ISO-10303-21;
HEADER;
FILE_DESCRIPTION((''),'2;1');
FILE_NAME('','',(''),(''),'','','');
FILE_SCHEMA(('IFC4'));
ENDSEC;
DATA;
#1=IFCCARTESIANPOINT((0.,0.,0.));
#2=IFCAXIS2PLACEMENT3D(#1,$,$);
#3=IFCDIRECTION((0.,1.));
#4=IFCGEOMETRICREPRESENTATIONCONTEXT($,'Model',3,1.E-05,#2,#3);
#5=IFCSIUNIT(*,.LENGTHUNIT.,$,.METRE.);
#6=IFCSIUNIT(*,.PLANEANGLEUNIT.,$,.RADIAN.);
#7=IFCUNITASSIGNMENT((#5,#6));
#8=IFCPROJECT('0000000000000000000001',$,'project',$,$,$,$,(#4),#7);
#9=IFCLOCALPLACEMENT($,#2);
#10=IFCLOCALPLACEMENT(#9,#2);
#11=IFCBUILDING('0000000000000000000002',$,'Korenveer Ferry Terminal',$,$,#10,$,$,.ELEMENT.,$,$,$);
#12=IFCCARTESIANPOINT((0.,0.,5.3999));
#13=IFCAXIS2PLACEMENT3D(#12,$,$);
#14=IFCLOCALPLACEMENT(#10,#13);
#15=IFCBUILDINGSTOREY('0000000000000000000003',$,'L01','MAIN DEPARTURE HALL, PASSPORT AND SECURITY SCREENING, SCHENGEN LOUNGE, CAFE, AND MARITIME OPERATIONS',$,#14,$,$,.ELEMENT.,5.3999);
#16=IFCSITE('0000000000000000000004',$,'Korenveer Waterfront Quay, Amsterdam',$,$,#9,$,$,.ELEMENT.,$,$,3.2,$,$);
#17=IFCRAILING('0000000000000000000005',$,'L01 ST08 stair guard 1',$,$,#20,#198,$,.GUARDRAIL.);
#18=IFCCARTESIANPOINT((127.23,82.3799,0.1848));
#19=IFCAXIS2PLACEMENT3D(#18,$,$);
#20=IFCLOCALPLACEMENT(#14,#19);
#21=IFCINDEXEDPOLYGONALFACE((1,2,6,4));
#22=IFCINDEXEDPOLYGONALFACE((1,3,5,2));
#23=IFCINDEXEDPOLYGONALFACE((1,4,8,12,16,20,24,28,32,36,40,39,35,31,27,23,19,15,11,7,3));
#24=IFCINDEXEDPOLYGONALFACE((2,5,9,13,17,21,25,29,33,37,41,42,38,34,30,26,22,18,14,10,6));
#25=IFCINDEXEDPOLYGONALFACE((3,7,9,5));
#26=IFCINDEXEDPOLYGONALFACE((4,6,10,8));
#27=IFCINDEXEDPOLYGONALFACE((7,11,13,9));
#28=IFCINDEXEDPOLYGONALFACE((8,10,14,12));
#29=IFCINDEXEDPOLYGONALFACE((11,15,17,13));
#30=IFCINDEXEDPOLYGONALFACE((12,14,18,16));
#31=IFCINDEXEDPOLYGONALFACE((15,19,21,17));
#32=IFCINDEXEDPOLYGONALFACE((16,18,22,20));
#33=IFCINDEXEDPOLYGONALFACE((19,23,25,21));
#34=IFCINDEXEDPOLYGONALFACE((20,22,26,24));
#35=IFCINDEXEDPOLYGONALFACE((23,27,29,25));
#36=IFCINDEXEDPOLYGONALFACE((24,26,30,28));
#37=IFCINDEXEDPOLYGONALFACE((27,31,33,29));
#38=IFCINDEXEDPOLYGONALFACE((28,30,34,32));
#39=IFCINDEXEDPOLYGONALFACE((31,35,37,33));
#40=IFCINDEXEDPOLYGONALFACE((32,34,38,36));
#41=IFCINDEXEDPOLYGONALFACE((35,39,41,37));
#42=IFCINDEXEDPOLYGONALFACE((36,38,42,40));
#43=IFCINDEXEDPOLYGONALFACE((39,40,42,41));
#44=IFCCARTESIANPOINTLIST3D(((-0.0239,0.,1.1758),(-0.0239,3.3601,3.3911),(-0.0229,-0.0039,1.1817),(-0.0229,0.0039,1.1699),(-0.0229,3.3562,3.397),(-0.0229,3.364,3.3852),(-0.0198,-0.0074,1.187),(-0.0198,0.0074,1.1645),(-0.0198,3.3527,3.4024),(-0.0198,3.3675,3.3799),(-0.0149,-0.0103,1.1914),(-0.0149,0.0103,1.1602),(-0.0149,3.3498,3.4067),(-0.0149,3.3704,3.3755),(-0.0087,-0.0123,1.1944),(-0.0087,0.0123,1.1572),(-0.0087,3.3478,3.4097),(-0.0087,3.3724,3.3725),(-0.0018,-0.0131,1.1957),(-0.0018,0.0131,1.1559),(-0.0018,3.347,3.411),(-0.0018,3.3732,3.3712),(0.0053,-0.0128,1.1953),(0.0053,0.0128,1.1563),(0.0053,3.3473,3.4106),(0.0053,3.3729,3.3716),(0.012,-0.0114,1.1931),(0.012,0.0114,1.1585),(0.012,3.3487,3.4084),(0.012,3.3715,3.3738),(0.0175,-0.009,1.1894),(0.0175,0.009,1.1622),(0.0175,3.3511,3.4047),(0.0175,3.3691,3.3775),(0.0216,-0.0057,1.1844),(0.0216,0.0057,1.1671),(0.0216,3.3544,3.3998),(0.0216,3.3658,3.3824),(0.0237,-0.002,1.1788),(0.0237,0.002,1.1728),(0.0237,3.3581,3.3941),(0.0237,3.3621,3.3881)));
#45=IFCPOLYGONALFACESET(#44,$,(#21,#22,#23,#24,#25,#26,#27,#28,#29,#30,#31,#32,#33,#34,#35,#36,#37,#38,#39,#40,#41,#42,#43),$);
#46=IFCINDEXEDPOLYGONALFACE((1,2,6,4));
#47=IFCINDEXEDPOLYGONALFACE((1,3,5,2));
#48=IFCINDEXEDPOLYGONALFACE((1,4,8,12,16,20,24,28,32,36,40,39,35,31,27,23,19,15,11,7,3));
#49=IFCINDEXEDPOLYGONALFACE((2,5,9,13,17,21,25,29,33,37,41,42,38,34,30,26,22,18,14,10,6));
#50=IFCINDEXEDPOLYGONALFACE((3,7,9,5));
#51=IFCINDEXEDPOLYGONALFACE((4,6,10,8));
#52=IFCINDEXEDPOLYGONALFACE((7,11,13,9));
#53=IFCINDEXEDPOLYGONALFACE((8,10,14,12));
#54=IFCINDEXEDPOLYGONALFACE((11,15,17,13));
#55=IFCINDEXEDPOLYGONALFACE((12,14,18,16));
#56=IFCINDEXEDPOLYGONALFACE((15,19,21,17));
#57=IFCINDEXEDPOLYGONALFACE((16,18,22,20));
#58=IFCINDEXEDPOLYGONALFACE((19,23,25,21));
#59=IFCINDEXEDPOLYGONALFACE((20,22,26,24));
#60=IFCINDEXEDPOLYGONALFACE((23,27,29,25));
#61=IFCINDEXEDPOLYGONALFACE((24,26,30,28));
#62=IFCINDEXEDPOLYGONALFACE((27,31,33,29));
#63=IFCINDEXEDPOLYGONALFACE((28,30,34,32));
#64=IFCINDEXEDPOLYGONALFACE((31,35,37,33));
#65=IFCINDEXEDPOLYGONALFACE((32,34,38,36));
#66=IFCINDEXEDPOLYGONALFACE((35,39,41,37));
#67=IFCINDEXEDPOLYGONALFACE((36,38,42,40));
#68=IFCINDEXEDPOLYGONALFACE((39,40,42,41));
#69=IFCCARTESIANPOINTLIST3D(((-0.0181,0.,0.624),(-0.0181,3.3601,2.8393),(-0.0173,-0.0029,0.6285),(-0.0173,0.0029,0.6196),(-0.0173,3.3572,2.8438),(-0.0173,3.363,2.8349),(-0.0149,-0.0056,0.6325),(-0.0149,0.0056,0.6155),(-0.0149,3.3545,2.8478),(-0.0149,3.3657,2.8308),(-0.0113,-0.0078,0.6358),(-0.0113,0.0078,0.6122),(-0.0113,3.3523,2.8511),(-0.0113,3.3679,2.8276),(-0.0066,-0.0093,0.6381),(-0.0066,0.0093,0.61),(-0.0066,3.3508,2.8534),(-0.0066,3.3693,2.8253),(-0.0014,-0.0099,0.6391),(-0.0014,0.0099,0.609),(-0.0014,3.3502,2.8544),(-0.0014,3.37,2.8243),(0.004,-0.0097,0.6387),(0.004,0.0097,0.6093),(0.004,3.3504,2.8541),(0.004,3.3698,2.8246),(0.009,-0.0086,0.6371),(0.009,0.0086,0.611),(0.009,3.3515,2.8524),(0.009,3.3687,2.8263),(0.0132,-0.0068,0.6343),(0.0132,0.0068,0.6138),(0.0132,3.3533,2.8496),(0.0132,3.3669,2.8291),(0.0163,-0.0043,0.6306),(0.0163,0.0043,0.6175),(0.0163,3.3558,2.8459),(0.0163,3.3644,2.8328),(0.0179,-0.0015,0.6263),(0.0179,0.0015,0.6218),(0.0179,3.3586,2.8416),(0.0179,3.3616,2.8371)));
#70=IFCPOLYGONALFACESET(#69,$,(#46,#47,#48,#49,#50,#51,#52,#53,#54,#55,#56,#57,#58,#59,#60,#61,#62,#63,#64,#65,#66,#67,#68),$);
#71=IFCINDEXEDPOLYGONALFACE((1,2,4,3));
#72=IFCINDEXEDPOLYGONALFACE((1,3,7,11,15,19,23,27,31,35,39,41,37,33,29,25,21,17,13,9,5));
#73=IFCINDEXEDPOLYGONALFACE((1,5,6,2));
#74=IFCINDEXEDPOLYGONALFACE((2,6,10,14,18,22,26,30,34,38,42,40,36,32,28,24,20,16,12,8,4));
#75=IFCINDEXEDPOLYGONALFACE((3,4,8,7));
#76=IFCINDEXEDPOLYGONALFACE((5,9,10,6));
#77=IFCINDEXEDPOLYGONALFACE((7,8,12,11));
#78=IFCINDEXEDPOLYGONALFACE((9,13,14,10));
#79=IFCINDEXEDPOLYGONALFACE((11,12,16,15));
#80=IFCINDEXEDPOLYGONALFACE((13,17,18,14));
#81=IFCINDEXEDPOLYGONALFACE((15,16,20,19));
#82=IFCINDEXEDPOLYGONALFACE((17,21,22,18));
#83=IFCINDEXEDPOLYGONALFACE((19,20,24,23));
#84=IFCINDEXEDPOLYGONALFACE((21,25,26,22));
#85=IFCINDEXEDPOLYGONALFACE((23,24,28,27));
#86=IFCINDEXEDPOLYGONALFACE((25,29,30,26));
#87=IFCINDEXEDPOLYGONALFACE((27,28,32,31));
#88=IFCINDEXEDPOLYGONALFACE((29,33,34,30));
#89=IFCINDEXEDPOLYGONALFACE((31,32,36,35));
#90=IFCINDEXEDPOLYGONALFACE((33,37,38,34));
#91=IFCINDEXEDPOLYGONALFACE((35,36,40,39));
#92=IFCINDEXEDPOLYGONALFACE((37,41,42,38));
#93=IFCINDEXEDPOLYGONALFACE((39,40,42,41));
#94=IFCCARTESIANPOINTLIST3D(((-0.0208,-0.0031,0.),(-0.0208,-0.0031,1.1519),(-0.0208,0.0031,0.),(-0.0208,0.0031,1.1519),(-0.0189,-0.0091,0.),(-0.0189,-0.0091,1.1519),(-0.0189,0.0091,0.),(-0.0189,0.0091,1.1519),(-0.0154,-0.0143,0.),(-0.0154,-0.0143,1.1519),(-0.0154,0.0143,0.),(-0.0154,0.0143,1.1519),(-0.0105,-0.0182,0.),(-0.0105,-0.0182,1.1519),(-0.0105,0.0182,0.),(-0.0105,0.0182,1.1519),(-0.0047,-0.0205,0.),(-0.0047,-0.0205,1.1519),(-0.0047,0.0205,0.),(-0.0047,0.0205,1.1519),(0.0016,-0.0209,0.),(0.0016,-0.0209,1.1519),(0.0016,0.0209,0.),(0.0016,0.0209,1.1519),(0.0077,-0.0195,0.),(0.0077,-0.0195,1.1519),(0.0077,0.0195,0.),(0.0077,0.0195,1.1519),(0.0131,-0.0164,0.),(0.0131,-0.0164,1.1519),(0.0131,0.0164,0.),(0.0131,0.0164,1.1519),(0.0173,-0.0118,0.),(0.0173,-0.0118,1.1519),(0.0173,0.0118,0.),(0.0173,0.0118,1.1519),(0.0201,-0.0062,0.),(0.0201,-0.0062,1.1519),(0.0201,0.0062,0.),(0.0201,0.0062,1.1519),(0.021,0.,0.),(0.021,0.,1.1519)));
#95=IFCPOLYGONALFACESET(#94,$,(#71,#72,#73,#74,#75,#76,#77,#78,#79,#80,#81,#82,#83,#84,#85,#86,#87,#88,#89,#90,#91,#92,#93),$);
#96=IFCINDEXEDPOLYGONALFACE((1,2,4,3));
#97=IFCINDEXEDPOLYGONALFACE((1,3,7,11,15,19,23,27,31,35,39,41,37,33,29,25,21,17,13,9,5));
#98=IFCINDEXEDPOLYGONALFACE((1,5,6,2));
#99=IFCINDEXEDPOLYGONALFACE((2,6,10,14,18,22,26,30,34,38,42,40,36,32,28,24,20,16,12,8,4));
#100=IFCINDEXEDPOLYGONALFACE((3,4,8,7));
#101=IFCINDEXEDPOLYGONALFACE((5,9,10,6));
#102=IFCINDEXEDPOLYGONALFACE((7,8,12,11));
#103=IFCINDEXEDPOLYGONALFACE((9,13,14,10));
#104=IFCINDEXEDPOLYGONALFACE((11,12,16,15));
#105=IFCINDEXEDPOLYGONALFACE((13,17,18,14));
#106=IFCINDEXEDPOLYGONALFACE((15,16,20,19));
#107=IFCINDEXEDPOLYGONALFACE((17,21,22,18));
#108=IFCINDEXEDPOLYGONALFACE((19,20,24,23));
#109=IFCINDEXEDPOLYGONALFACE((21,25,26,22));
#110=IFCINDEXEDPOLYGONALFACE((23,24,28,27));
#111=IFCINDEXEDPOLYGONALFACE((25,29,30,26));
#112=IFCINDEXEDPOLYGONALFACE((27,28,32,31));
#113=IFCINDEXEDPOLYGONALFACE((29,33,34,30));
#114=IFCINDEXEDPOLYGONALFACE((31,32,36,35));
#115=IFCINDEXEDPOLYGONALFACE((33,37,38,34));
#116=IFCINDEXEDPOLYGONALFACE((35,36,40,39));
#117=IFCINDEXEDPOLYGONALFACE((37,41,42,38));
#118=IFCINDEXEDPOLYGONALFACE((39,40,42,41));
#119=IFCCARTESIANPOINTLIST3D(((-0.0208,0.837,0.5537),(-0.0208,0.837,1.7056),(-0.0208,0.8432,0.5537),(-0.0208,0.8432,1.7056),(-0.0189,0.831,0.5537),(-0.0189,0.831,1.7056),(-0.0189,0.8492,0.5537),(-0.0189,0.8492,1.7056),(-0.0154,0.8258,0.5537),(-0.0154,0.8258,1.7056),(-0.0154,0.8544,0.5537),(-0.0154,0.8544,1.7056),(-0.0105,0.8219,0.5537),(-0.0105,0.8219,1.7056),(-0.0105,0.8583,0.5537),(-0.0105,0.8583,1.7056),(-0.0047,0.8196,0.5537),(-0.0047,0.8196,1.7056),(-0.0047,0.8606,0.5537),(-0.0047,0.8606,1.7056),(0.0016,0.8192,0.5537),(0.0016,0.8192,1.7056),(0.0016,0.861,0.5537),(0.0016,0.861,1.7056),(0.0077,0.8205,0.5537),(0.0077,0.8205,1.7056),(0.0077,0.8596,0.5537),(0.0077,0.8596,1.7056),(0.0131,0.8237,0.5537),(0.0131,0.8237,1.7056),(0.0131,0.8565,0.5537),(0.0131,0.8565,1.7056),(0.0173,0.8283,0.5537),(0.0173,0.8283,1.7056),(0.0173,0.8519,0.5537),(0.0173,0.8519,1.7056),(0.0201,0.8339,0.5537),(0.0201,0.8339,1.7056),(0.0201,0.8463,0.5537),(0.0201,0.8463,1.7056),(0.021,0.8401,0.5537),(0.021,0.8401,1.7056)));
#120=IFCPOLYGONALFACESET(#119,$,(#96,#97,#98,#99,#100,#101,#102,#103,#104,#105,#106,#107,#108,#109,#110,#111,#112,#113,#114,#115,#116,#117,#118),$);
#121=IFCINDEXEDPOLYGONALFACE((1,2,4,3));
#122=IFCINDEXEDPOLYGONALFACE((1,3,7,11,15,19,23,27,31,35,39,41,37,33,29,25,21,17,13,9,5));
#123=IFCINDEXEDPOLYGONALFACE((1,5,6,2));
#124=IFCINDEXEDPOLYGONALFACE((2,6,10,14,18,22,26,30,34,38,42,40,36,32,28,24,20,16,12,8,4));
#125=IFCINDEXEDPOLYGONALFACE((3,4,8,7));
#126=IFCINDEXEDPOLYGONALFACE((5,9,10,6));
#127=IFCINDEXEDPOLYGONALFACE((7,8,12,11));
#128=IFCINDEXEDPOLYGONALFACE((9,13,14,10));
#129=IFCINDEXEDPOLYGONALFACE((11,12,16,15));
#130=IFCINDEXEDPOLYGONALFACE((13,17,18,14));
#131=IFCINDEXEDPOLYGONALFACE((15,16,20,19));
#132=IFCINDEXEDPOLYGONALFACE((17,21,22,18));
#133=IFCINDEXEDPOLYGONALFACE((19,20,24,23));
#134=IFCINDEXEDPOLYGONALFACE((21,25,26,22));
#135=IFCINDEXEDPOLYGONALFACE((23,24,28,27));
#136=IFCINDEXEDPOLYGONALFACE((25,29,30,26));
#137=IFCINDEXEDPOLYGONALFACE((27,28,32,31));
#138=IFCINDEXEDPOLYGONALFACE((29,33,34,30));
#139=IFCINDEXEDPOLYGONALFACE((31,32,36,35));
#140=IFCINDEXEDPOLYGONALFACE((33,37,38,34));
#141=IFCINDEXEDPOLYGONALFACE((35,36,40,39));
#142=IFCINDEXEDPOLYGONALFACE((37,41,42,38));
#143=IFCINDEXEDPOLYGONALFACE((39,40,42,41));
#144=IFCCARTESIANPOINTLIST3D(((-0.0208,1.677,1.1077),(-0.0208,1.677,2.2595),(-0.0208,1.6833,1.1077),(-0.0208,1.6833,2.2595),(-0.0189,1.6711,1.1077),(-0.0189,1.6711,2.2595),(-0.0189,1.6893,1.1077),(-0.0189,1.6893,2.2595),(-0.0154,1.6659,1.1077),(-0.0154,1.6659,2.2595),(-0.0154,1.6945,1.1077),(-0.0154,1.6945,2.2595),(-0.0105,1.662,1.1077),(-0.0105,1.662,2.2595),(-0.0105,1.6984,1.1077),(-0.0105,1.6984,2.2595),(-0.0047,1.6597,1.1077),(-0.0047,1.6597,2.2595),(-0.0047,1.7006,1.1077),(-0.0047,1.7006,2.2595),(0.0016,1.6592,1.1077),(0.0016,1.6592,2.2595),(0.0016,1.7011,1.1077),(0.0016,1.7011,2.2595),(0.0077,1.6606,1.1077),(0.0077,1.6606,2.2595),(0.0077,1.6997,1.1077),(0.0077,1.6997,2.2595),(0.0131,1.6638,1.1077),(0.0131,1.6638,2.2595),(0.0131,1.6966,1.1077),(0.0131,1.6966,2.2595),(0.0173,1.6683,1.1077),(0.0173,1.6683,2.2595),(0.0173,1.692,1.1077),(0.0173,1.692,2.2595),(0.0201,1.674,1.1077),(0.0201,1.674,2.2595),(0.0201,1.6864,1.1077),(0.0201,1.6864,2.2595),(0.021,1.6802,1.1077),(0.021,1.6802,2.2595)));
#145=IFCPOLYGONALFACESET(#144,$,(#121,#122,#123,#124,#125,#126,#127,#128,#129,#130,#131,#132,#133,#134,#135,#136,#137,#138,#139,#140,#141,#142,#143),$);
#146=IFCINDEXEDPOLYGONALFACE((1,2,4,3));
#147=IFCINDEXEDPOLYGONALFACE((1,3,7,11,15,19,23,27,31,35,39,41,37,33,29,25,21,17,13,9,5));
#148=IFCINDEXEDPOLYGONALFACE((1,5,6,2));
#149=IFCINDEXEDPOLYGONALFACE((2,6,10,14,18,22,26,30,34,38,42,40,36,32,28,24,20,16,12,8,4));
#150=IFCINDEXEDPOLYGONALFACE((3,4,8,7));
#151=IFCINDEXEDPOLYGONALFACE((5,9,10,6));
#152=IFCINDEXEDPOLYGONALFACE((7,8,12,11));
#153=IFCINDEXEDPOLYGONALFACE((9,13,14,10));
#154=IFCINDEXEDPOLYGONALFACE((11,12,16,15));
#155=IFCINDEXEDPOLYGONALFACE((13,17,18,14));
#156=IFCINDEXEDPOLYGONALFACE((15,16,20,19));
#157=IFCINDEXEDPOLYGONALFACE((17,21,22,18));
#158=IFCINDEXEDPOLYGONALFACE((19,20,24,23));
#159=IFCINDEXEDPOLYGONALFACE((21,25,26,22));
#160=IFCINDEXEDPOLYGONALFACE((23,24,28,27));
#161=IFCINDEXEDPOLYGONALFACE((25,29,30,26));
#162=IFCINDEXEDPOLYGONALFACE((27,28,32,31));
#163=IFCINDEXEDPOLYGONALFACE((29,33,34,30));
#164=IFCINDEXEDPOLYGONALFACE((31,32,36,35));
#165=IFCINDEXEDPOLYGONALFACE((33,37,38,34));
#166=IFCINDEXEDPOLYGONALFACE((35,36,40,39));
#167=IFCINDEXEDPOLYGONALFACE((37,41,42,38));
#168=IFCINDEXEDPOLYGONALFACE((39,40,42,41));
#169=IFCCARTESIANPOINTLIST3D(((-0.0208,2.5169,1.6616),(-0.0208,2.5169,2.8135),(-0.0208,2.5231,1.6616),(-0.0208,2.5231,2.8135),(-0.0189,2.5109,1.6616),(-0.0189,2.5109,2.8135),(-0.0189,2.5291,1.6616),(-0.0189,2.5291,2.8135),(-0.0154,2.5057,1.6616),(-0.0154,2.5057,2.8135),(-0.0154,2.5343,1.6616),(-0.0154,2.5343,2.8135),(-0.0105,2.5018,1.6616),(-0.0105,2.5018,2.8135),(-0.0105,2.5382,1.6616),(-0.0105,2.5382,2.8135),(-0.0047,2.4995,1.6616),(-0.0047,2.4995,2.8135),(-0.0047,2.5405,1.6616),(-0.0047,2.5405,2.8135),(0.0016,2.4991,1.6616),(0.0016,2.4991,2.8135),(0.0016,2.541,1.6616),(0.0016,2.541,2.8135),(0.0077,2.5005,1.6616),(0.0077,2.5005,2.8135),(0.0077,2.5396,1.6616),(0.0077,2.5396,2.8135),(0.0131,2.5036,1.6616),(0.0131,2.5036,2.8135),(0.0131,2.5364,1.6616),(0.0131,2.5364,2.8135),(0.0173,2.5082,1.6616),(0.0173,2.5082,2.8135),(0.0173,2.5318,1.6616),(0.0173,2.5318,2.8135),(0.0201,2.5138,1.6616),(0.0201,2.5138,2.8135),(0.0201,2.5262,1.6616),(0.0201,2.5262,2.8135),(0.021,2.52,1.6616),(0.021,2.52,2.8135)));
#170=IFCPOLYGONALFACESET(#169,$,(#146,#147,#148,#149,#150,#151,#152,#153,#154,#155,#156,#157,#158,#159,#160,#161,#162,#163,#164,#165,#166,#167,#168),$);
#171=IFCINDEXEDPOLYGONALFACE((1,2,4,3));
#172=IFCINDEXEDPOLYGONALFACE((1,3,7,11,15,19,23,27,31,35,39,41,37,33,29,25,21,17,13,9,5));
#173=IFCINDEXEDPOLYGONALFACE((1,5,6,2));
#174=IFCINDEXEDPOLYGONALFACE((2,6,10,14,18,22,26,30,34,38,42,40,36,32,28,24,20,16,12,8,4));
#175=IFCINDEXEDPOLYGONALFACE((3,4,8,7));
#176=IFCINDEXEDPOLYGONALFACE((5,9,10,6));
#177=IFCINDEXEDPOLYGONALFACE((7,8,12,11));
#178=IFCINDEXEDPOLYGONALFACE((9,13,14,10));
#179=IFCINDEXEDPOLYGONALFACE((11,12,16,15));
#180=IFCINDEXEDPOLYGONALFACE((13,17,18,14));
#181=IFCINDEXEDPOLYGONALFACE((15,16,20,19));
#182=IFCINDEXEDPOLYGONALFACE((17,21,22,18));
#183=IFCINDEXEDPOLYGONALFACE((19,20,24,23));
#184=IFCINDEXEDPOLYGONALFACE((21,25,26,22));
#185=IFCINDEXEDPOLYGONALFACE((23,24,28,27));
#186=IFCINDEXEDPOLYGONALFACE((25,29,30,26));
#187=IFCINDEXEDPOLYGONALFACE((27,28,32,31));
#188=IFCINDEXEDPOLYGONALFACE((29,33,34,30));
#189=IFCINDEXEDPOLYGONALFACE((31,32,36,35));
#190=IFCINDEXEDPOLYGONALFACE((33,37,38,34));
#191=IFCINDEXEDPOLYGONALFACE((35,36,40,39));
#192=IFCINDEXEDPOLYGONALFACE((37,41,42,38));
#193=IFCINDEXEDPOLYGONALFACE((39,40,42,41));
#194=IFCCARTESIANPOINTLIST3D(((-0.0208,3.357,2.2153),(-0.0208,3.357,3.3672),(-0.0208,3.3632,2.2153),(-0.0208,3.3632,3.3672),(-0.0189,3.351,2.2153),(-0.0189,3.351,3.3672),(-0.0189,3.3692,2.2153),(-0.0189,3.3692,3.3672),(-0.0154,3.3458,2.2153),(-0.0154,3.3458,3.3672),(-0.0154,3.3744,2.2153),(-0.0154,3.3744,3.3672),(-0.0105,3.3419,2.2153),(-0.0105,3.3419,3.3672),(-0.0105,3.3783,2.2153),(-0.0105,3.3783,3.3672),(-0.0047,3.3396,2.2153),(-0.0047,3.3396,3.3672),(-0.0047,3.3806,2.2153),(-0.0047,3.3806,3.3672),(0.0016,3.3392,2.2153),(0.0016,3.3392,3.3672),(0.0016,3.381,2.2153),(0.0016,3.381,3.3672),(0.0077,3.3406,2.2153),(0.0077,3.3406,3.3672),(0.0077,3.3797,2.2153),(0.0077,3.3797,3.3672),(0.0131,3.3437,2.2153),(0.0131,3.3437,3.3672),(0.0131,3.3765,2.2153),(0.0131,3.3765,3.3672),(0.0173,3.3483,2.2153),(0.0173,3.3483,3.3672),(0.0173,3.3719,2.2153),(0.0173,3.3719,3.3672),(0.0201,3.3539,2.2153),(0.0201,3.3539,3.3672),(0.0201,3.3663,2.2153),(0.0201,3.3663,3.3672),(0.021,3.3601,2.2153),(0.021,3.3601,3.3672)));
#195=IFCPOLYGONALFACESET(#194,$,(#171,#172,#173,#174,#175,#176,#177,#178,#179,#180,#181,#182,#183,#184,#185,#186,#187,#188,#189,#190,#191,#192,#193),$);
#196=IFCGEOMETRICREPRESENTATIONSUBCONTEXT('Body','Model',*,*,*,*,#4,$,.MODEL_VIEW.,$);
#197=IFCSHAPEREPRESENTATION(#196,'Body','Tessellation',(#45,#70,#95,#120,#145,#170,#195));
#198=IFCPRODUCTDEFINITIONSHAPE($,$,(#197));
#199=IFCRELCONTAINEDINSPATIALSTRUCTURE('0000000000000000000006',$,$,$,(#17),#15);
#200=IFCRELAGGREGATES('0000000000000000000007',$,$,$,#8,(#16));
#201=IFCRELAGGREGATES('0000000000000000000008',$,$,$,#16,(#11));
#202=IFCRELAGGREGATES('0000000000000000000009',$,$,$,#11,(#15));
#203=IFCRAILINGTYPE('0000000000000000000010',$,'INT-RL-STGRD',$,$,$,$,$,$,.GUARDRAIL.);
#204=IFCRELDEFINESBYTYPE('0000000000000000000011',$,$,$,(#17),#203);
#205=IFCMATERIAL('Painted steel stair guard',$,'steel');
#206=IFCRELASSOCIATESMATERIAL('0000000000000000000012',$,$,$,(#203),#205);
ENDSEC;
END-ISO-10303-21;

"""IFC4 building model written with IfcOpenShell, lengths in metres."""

from ifc_helpers import new_model, si_unit, direction, frame, origin, origin_2d, place, context, subcontext, project, spatial, circle, extrude, material, type_object, element, save


model = new_model("IFC4")

# Units and contexts
model_context = context("Model", 3, precision=1e-05, world=origin(), true_north=direction((0.0, 1.0)))
body_context = subcontext(model_context, "Body", "Model", "MODEL_VIEW")
ifc_project = project(units=[si_unit("LENGTHUNIT", "METRE"), si_unit("PLANEANGLEUNIT", "RADIAN")], contexts=[model_context])

# Site, building, storey
site_placement = place(None, origin())
site = spatial("IfcSite", under=ifc_project, at=site_placement, Name="Korenveer Waterfront Quay, Amsterdam", CompositionType="ELEMENT", RefElevation=3.2)
building_placement = place(site_placement, origin())
building = spatial("IfcBuilding", under=site, at=building_placement, Name="Korenveer Ferry Terminal", CompositionType="ELEMENT")
storey_placement = place(building_placement, frame((0.0, 0.0, 5.3999)))
storey = spatial("IfcBuildingStorey", under=building, at=storey_placement, Name="L01", Description="MAIN DEPARTURE HALL, PASSPORT AND SECURITY SCREENING, SCHENGEN LOUNGE, CAFE, AND MARITIME OPERATIONS", CompositionType="ELEMENT", Elevation=5.3999)

# Railing
ifc_material_1 = material(Name="Painted steel stair guard", Category="steel")
railing_type_1 = type_object("IfcRailingType", Name="INT-RL-STGRD", PredefinedType="GUARDRAIL", material=ifc_material_1)
railing_1_placement = place(storey_placement, frame((127.23, 82.3799, 0.1848)))
element("IfcRailing", 1, at=railing_1_placement, inside=storey, type_object=railing_type_1, Name="L01 ST08 stair guard 1", PredefinedType="GUARDRAIL", context=body_context, shape_type="SweptSolid", body=[
    extrude(circle(Radius=0.0239, at=origin_2d()), frame((0.0, 0.0, 1.1758), z_axis=(0.0, 0.834876, 0.550437), x_axis=(-1.0, 0.0, 0.0)), (0.0, 0.0, 1.0), 4.0247),
    extrude(circle(Radius=0.0181, at=origin_2d()), frame((0.0, 0.0, 0.624), z_axis=(0.0, 0.834876, 0.550437), x_axis=(-1.0, 0.0, 0.0)), (0.0, 0.0, 1.0), 4.0247),
    extrude(circle(Radius=0.021, at=origin_2d()), origin(), (0.0, 0.0, 1.0), 1.1519),
    extrude(circle(Radius=0.021, at=origin_2d()), frame((0.0, 0.8401, 0.5537)), (0.0, 0.0, 1.0), 1.1519),
    extrude(circle(Radius=0.021, at=origin_2d()), frame((0.0, 1.6802, 1.1077)), (0.0, 0.0, 1.0), 1.1519),
    extrude(circle(Radius=0.021, at=origin_2d()), frame((0.0, 2.52, 1.6616)), (0.0, 0.0, 1.0), 1.1519),
    extrude(circle(Radius=0.021, at=origin_2d()), frame((0.0, 3.3601, 2.2153)), (0.0, 0.0, 1.0), 1.1519),
])

save(model, "model.ifc")
